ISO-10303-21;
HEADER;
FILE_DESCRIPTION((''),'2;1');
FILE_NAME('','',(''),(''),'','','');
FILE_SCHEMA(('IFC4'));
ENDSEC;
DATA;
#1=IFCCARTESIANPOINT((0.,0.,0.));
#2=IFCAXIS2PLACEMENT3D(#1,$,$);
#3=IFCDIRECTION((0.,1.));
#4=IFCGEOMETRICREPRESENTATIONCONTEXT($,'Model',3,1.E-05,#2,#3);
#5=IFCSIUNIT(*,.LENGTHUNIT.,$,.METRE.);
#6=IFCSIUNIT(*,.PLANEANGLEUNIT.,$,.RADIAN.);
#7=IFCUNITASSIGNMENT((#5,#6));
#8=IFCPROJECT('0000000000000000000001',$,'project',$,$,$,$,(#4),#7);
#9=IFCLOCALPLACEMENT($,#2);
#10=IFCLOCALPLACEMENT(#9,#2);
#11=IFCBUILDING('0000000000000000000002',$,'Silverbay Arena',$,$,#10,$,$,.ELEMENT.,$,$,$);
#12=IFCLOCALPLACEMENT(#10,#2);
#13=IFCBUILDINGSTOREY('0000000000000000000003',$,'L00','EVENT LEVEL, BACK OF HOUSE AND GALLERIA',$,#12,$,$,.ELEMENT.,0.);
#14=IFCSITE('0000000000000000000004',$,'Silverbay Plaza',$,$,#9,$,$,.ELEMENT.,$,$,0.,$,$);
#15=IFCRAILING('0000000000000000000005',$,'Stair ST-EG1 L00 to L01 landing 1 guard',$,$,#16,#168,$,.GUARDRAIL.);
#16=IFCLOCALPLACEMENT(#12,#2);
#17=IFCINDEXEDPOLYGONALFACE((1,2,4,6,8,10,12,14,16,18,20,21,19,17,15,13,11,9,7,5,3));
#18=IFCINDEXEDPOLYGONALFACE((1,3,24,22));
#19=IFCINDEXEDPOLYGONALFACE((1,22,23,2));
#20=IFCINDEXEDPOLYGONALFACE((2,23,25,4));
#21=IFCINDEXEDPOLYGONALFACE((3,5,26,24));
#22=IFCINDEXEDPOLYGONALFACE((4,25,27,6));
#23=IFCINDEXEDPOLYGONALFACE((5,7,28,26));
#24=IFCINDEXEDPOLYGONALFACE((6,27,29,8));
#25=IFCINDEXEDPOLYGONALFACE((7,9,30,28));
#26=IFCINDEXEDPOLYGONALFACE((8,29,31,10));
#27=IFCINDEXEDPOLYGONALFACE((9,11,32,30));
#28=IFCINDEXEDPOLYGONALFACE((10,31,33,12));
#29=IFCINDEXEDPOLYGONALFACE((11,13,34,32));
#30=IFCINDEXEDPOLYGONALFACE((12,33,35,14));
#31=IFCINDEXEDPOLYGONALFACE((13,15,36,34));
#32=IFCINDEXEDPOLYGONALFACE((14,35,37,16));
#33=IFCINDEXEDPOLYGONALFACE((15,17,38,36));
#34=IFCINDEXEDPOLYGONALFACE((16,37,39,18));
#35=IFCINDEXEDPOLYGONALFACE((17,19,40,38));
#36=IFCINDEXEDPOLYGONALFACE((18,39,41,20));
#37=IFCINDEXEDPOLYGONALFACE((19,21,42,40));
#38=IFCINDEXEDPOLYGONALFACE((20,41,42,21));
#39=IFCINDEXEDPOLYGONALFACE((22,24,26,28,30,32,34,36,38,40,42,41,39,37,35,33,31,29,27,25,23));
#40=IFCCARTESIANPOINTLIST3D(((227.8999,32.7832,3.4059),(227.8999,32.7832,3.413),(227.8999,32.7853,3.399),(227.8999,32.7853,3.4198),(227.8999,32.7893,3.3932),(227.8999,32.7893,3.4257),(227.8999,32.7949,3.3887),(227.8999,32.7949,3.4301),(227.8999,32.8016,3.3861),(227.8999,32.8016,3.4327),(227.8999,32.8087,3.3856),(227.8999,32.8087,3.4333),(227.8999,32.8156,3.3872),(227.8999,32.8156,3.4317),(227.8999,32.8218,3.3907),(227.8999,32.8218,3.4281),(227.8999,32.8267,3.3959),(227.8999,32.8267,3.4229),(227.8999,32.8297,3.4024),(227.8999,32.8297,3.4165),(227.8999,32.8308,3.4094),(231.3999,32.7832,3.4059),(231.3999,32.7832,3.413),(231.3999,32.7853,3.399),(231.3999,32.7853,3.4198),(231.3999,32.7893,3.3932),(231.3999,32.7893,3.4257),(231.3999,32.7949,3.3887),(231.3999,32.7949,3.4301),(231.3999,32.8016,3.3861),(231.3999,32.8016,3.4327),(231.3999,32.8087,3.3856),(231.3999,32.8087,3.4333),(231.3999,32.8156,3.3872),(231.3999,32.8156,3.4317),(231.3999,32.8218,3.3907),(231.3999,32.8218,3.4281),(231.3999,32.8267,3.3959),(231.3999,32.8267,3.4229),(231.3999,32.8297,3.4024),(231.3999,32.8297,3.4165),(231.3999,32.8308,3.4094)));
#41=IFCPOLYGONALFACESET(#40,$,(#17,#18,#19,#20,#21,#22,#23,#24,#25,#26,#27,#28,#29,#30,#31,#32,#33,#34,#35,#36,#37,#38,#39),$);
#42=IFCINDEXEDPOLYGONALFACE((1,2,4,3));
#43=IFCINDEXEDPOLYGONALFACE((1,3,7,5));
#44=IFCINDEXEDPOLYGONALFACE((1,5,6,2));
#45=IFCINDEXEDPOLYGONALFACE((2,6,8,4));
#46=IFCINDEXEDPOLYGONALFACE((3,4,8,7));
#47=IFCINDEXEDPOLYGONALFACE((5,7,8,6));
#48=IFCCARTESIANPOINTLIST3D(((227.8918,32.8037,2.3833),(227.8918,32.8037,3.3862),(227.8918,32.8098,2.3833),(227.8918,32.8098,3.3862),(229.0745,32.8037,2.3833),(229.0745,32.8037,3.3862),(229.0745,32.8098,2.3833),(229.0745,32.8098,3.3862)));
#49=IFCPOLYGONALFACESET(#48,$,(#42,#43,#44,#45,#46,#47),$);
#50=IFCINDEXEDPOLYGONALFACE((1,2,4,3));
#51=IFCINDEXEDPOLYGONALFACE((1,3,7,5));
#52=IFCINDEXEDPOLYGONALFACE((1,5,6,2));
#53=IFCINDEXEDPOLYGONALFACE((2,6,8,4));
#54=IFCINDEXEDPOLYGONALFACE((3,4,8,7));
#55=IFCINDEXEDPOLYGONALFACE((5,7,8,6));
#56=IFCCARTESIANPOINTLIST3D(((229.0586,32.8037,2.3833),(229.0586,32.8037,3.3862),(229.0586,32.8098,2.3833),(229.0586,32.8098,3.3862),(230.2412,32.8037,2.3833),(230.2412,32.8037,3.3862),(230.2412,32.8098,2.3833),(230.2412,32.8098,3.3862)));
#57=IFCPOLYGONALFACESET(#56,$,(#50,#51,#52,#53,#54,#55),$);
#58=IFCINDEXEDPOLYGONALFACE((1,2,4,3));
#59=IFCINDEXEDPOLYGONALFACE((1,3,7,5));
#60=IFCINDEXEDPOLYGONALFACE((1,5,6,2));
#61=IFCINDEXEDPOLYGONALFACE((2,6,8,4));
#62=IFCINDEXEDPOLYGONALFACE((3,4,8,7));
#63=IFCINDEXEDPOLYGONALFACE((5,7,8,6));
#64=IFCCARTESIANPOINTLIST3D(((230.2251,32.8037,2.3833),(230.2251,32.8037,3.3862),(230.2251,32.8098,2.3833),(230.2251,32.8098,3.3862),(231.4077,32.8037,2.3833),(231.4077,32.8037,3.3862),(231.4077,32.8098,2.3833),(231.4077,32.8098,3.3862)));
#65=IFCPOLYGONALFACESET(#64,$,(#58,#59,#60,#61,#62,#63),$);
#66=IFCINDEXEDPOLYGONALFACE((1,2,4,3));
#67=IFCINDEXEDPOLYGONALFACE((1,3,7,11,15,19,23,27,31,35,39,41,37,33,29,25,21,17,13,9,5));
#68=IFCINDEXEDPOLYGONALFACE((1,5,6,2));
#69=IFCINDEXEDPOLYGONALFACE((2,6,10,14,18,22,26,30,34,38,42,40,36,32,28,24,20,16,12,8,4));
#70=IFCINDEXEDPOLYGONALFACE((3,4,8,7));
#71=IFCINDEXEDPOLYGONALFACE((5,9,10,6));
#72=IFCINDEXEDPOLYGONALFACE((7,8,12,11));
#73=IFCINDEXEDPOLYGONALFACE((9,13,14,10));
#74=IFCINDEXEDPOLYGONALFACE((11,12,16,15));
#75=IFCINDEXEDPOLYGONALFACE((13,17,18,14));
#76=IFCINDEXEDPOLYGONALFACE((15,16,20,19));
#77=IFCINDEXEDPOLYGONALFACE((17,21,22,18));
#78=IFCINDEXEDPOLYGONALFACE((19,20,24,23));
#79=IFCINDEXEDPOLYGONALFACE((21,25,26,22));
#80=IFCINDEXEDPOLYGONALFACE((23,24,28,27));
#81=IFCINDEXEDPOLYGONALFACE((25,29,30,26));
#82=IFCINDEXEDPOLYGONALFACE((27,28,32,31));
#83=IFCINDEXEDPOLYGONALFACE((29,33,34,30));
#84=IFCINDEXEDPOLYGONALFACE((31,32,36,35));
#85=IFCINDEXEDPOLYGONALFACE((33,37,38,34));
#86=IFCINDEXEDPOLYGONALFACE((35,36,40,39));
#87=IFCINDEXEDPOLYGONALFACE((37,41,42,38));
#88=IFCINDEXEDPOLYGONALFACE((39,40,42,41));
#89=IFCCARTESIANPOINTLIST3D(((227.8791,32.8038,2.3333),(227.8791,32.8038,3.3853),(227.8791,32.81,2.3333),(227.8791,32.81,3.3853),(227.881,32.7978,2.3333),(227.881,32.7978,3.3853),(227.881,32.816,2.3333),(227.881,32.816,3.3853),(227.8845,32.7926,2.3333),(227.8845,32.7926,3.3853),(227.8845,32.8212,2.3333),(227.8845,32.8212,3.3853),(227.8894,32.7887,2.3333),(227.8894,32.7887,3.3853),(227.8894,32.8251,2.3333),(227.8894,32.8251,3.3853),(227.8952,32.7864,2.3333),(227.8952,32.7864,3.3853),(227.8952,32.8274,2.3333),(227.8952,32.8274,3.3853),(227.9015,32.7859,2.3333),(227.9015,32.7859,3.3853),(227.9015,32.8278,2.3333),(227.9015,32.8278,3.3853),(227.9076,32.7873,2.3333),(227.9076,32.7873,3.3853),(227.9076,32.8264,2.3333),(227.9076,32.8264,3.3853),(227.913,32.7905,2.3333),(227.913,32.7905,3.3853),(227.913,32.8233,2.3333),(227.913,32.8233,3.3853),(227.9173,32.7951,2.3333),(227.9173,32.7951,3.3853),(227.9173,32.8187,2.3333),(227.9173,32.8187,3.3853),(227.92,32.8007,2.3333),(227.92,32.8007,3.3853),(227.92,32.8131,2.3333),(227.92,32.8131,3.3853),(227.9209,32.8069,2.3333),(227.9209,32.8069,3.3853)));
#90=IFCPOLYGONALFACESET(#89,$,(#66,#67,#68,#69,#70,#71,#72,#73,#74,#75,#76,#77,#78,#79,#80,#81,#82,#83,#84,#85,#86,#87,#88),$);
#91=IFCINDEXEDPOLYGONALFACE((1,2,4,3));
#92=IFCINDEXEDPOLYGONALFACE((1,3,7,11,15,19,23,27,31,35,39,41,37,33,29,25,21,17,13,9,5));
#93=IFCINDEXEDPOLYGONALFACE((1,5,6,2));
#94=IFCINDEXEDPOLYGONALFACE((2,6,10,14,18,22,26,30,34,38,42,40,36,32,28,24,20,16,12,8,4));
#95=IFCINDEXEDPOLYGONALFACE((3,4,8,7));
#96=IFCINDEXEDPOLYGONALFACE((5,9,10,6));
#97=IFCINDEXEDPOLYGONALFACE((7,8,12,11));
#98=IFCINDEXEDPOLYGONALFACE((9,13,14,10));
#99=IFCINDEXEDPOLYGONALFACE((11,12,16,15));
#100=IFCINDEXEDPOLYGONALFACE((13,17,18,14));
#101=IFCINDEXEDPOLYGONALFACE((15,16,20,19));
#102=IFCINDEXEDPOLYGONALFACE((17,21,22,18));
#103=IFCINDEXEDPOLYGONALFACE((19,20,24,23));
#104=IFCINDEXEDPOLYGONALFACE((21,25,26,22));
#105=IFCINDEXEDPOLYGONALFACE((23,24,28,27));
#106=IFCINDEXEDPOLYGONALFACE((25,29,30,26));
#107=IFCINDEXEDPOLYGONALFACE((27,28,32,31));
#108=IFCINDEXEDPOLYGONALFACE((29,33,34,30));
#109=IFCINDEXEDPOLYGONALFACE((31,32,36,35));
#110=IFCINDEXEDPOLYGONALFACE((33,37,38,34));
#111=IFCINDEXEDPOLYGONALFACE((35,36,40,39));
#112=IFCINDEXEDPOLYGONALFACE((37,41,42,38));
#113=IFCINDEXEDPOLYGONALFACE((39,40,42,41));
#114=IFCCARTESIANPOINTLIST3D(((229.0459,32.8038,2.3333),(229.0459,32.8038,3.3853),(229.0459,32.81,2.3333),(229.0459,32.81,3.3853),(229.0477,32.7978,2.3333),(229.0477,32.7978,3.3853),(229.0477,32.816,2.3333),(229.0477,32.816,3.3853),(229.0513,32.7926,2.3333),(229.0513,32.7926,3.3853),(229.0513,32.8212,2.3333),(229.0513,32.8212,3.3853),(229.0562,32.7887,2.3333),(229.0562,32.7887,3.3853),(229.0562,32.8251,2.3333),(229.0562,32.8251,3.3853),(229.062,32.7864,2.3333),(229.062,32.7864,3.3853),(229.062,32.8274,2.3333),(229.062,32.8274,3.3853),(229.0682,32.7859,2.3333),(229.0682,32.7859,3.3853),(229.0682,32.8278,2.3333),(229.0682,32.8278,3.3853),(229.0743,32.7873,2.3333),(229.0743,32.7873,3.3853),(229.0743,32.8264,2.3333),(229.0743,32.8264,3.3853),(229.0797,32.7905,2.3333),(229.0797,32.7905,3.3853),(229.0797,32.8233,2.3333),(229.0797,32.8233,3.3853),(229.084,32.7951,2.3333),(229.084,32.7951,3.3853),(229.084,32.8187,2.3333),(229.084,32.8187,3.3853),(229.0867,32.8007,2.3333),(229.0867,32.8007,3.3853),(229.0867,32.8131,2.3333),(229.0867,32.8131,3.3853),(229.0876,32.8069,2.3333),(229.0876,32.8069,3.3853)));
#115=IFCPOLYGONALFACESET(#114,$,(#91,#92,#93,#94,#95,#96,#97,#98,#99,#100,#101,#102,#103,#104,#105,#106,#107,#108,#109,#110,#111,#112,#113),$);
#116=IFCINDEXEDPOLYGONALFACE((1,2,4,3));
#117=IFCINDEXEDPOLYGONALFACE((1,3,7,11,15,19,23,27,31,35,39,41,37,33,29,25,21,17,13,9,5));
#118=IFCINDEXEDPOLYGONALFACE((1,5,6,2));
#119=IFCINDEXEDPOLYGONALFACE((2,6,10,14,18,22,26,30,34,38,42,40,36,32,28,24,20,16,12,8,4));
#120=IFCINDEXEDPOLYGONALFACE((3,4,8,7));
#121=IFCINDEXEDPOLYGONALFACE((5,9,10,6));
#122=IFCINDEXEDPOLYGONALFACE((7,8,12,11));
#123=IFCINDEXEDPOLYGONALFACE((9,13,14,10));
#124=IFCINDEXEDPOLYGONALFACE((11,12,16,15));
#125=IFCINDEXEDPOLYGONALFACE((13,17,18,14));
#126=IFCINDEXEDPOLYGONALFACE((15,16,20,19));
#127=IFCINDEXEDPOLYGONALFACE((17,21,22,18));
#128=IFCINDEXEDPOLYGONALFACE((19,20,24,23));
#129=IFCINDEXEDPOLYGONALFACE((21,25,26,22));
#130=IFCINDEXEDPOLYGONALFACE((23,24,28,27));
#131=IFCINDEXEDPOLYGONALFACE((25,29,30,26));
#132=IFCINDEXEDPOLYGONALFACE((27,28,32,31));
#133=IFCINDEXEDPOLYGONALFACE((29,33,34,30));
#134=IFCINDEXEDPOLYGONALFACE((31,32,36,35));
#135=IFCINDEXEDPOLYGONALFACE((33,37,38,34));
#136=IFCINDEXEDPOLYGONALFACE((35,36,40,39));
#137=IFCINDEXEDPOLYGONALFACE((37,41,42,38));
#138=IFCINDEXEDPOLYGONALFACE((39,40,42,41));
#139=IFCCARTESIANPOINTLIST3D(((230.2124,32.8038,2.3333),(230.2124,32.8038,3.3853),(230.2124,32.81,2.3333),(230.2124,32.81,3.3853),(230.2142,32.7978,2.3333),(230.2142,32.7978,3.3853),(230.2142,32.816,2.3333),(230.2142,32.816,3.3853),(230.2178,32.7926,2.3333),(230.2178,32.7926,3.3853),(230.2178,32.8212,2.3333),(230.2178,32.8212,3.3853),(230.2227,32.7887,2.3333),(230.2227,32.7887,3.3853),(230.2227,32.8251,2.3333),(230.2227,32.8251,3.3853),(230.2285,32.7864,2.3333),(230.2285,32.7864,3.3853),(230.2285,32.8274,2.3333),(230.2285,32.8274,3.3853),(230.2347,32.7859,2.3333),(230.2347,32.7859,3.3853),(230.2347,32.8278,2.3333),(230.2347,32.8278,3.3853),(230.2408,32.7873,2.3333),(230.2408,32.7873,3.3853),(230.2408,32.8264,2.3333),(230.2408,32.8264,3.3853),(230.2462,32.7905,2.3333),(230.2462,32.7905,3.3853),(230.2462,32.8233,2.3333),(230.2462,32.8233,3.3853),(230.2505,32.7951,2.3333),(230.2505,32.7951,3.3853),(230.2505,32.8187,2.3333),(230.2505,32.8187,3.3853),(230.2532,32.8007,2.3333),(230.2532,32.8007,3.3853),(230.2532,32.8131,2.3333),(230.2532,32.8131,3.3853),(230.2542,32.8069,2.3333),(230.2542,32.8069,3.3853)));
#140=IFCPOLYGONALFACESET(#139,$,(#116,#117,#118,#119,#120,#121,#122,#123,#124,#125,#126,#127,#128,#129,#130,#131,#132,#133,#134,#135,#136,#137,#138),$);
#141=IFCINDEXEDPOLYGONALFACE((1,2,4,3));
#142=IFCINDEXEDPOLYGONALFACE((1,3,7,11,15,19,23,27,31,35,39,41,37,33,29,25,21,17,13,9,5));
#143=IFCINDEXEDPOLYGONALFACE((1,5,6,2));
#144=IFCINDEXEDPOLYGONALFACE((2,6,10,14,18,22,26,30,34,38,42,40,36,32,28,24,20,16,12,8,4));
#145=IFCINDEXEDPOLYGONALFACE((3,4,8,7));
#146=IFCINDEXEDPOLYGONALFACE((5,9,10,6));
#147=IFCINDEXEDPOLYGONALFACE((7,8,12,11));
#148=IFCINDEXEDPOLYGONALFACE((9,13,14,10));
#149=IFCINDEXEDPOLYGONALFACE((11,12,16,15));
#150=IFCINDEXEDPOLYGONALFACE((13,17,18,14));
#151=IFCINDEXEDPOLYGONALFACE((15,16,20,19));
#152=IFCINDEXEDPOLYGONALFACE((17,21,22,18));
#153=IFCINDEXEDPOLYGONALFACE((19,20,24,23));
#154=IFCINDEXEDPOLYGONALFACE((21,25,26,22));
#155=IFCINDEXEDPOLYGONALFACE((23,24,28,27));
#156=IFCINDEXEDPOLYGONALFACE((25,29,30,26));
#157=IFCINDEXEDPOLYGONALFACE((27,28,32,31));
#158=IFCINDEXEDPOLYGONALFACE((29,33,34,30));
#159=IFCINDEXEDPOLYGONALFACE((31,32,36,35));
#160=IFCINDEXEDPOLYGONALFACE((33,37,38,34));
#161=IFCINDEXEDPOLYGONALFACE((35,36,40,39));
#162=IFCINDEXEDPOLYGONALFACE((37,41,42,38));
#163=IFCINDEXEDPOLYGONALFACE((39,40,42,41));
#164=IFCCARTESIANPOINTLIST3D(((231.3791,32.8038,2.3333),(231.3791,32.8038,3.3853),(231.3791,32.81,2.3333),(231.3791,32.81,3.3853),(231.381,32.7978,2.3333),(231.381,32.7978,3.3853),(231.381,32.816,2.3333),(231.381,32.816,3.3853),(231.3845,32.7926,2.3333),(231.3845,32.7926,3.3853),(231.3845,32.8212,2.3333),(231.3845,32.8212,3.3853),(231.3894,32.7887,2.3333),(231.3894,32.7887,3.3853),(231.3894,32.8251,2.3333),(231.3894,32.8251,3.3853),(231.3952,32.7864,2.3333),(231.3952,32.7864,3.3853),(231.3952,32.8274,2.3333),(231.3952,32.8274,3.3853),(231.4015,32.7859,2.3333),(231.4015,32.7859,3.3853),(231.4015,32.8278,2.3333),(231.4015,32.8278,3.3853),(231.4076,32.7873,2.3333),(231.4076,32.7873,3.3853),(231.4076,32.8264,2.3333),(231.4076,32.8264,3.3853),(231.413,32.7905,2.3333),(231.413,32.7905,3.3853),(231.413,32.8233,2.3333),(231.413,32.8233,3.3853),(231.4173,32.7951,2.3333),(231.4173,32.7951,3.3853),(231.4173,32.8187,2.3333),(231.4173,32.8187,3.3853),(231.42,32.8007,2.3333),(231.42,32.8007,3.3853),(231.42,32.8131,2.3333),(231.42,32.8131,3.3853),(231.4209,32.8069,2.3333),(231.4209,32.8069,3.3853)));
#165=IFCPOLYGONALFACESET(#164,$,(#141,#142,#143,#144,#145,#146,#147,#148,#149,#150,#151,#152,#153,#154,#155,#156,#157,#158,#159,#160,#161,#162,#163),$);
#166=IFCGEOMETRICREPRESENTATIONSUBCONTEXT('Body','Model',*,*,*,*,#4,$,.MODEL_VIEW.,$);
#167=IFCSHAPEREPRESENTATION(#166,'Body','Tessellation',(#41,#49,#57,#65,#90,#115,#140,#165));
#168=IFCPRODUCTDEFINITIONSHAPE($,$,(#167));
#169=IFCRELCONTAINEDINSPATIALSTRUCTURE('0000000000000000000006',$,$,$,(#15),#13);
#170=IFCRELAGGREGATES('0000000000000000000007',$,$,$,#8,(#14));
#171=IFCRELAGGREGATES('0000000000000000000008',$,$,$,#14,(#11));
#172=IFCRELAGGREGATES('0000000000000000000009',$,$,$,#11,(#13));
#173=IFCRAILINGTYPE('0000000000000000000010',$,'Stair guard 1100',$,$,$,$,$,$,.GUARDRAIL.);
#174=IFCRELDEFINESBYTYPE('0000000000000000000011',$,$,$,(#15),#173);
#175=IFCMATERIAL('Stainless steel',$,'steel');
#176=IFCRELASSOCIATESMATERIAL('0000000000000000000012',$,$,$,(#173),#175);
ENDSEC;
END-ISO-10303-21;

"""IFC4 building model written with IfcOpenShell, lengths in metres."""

from ifc_helpers import new_model, si_unit, direction, frame, origin, origin_2d, place, context, subcontext, project, spatial, polyline, circle, outline, extrude, material, type_object, element, save


model = new_model("IFC4")

# Units and contexts
model_context = context("Model", 3, precision=1e-05, world=origin(), true_north=direction((0.0, 1.0)))
body_context = subcontext(model_context, "Body", "Model", "MODEL_VIEW")
ifc_project = project(units=[si_unit("LENGTHUNIT", "METRE"), si_unit("PLANEANGLEUNIT", "RADIAN")], contexts=[model_context])

# Site, building, storey
site_placement = place(None, origin())
site = spatial("IfcSite", under=ifc_project, at=site_placement, Name="Silverbay Plaza", CompositionType="ELEMENT", RefElevation=0.0)
building_placement = place(site_placement, origin())
building = spatial("IfcBuilding", under=site, at=building_placement, Name="Silverbay Arena", CompositionType="ELEMENT")
storey_placement = place(building_placement, origin())
storey = spatial("IfcBuildingStorey", under=building, at=storey_placement, Name="L00", Description="EVENT LEVEL, BACK OF HOUSE AND GALLERIA", CompositionType="ELEMENT", Elevation=0.0)

# Railing
ifc_material_1 = material(Name="Stainless steel", Category="steel")
railing_type_1 = type_object("IfcRailingType", Name="Stair guard 1100", PredefinedType="GUARDRAIL", material=ifc_material_1)
for number, where, name in (
    (1, (227.8999, 32.8069, 2.3333), "Stair ST-EG1 L00 to L01 landing 1 guard"),
):
    element("IfcRailing", number, at=place(storey_placement, frame(where)), inside=storey, type_object=railing_type_1, Name=name, PredefinedType="GUARDRAIL", context=body_context, shape_type="SweptSolid", body=[
        extrude(circle(Radius=0.0239, at=origin_2d()), frame((0.0, 0.0, 1.0762), z_axis=(1.0, 0.0, 0.0), x_axis=(0.0, 1.0, 0.0)), (0.0, 0.0, 1.0), 3.5),
        extrude(outline(polyline([(-0.0081, 0.05), (1.1746, 0.05), (1.1746, 1.053), (-0.0081, 1.053), (-0.0081, 0.05)])), frame((0.0, 0.0029, 0.0), z_axis=(0.0, -1.0, 0.0), x_axis=(1.0, 0.0, 0.0)), (0.0, 0.0, 1.0), 0.0061),
        extrude(outline(polyline([(-0.0081, 0.05), (1.1746, 0.05), (1.1746, 1.053), (-0.0081, 1.053), (-0.0081, 0.05)])), frame((1.1667, 0.0029, 0.0), z_axis=(0.0, -1.0, 0.0), x_axis=(1.0, 0.0, 0.0)), (0.0, 0.0, 1.0), 0.0061),
        extrude(outline(polyline([(-0.0081, 0.05), (1.1746, 0.05), (1.1746, 1.053), (-0.0081, 1.053), (-0.0081, 0.05)])), frame((2.3333, 0.0029, 0.0), z_axis=(0.0, -1.0, 0.0), x_axis=(1.0, 0.0, 0.0)), (0.0, 0.0, 1.0), 0.0061),
        extrude(circle(Radius=0.021, at=origin_2d()), origin(), (0.0, 0.0, 1.0), 1.052),
        extrude(circle(Radius=0.021, at=origin_2d()), frame((1.1667, 0.0, 0.0)), (0.0, 0.0, 1.0), 1.052),
        extrude(circle(Radius=0.021, at=origin_2d()), frame((2.3333, 0.0, 0.0)), (0.0, 0.0, 1.0), 1.052),
        extrude(circle(Radius=0.021, at=origin_2d()), frame((3.5, 0.0, 0.0)), (0.0, 0.0, 1.0), 1.052),
    ])

save(model, "model.ifc")
